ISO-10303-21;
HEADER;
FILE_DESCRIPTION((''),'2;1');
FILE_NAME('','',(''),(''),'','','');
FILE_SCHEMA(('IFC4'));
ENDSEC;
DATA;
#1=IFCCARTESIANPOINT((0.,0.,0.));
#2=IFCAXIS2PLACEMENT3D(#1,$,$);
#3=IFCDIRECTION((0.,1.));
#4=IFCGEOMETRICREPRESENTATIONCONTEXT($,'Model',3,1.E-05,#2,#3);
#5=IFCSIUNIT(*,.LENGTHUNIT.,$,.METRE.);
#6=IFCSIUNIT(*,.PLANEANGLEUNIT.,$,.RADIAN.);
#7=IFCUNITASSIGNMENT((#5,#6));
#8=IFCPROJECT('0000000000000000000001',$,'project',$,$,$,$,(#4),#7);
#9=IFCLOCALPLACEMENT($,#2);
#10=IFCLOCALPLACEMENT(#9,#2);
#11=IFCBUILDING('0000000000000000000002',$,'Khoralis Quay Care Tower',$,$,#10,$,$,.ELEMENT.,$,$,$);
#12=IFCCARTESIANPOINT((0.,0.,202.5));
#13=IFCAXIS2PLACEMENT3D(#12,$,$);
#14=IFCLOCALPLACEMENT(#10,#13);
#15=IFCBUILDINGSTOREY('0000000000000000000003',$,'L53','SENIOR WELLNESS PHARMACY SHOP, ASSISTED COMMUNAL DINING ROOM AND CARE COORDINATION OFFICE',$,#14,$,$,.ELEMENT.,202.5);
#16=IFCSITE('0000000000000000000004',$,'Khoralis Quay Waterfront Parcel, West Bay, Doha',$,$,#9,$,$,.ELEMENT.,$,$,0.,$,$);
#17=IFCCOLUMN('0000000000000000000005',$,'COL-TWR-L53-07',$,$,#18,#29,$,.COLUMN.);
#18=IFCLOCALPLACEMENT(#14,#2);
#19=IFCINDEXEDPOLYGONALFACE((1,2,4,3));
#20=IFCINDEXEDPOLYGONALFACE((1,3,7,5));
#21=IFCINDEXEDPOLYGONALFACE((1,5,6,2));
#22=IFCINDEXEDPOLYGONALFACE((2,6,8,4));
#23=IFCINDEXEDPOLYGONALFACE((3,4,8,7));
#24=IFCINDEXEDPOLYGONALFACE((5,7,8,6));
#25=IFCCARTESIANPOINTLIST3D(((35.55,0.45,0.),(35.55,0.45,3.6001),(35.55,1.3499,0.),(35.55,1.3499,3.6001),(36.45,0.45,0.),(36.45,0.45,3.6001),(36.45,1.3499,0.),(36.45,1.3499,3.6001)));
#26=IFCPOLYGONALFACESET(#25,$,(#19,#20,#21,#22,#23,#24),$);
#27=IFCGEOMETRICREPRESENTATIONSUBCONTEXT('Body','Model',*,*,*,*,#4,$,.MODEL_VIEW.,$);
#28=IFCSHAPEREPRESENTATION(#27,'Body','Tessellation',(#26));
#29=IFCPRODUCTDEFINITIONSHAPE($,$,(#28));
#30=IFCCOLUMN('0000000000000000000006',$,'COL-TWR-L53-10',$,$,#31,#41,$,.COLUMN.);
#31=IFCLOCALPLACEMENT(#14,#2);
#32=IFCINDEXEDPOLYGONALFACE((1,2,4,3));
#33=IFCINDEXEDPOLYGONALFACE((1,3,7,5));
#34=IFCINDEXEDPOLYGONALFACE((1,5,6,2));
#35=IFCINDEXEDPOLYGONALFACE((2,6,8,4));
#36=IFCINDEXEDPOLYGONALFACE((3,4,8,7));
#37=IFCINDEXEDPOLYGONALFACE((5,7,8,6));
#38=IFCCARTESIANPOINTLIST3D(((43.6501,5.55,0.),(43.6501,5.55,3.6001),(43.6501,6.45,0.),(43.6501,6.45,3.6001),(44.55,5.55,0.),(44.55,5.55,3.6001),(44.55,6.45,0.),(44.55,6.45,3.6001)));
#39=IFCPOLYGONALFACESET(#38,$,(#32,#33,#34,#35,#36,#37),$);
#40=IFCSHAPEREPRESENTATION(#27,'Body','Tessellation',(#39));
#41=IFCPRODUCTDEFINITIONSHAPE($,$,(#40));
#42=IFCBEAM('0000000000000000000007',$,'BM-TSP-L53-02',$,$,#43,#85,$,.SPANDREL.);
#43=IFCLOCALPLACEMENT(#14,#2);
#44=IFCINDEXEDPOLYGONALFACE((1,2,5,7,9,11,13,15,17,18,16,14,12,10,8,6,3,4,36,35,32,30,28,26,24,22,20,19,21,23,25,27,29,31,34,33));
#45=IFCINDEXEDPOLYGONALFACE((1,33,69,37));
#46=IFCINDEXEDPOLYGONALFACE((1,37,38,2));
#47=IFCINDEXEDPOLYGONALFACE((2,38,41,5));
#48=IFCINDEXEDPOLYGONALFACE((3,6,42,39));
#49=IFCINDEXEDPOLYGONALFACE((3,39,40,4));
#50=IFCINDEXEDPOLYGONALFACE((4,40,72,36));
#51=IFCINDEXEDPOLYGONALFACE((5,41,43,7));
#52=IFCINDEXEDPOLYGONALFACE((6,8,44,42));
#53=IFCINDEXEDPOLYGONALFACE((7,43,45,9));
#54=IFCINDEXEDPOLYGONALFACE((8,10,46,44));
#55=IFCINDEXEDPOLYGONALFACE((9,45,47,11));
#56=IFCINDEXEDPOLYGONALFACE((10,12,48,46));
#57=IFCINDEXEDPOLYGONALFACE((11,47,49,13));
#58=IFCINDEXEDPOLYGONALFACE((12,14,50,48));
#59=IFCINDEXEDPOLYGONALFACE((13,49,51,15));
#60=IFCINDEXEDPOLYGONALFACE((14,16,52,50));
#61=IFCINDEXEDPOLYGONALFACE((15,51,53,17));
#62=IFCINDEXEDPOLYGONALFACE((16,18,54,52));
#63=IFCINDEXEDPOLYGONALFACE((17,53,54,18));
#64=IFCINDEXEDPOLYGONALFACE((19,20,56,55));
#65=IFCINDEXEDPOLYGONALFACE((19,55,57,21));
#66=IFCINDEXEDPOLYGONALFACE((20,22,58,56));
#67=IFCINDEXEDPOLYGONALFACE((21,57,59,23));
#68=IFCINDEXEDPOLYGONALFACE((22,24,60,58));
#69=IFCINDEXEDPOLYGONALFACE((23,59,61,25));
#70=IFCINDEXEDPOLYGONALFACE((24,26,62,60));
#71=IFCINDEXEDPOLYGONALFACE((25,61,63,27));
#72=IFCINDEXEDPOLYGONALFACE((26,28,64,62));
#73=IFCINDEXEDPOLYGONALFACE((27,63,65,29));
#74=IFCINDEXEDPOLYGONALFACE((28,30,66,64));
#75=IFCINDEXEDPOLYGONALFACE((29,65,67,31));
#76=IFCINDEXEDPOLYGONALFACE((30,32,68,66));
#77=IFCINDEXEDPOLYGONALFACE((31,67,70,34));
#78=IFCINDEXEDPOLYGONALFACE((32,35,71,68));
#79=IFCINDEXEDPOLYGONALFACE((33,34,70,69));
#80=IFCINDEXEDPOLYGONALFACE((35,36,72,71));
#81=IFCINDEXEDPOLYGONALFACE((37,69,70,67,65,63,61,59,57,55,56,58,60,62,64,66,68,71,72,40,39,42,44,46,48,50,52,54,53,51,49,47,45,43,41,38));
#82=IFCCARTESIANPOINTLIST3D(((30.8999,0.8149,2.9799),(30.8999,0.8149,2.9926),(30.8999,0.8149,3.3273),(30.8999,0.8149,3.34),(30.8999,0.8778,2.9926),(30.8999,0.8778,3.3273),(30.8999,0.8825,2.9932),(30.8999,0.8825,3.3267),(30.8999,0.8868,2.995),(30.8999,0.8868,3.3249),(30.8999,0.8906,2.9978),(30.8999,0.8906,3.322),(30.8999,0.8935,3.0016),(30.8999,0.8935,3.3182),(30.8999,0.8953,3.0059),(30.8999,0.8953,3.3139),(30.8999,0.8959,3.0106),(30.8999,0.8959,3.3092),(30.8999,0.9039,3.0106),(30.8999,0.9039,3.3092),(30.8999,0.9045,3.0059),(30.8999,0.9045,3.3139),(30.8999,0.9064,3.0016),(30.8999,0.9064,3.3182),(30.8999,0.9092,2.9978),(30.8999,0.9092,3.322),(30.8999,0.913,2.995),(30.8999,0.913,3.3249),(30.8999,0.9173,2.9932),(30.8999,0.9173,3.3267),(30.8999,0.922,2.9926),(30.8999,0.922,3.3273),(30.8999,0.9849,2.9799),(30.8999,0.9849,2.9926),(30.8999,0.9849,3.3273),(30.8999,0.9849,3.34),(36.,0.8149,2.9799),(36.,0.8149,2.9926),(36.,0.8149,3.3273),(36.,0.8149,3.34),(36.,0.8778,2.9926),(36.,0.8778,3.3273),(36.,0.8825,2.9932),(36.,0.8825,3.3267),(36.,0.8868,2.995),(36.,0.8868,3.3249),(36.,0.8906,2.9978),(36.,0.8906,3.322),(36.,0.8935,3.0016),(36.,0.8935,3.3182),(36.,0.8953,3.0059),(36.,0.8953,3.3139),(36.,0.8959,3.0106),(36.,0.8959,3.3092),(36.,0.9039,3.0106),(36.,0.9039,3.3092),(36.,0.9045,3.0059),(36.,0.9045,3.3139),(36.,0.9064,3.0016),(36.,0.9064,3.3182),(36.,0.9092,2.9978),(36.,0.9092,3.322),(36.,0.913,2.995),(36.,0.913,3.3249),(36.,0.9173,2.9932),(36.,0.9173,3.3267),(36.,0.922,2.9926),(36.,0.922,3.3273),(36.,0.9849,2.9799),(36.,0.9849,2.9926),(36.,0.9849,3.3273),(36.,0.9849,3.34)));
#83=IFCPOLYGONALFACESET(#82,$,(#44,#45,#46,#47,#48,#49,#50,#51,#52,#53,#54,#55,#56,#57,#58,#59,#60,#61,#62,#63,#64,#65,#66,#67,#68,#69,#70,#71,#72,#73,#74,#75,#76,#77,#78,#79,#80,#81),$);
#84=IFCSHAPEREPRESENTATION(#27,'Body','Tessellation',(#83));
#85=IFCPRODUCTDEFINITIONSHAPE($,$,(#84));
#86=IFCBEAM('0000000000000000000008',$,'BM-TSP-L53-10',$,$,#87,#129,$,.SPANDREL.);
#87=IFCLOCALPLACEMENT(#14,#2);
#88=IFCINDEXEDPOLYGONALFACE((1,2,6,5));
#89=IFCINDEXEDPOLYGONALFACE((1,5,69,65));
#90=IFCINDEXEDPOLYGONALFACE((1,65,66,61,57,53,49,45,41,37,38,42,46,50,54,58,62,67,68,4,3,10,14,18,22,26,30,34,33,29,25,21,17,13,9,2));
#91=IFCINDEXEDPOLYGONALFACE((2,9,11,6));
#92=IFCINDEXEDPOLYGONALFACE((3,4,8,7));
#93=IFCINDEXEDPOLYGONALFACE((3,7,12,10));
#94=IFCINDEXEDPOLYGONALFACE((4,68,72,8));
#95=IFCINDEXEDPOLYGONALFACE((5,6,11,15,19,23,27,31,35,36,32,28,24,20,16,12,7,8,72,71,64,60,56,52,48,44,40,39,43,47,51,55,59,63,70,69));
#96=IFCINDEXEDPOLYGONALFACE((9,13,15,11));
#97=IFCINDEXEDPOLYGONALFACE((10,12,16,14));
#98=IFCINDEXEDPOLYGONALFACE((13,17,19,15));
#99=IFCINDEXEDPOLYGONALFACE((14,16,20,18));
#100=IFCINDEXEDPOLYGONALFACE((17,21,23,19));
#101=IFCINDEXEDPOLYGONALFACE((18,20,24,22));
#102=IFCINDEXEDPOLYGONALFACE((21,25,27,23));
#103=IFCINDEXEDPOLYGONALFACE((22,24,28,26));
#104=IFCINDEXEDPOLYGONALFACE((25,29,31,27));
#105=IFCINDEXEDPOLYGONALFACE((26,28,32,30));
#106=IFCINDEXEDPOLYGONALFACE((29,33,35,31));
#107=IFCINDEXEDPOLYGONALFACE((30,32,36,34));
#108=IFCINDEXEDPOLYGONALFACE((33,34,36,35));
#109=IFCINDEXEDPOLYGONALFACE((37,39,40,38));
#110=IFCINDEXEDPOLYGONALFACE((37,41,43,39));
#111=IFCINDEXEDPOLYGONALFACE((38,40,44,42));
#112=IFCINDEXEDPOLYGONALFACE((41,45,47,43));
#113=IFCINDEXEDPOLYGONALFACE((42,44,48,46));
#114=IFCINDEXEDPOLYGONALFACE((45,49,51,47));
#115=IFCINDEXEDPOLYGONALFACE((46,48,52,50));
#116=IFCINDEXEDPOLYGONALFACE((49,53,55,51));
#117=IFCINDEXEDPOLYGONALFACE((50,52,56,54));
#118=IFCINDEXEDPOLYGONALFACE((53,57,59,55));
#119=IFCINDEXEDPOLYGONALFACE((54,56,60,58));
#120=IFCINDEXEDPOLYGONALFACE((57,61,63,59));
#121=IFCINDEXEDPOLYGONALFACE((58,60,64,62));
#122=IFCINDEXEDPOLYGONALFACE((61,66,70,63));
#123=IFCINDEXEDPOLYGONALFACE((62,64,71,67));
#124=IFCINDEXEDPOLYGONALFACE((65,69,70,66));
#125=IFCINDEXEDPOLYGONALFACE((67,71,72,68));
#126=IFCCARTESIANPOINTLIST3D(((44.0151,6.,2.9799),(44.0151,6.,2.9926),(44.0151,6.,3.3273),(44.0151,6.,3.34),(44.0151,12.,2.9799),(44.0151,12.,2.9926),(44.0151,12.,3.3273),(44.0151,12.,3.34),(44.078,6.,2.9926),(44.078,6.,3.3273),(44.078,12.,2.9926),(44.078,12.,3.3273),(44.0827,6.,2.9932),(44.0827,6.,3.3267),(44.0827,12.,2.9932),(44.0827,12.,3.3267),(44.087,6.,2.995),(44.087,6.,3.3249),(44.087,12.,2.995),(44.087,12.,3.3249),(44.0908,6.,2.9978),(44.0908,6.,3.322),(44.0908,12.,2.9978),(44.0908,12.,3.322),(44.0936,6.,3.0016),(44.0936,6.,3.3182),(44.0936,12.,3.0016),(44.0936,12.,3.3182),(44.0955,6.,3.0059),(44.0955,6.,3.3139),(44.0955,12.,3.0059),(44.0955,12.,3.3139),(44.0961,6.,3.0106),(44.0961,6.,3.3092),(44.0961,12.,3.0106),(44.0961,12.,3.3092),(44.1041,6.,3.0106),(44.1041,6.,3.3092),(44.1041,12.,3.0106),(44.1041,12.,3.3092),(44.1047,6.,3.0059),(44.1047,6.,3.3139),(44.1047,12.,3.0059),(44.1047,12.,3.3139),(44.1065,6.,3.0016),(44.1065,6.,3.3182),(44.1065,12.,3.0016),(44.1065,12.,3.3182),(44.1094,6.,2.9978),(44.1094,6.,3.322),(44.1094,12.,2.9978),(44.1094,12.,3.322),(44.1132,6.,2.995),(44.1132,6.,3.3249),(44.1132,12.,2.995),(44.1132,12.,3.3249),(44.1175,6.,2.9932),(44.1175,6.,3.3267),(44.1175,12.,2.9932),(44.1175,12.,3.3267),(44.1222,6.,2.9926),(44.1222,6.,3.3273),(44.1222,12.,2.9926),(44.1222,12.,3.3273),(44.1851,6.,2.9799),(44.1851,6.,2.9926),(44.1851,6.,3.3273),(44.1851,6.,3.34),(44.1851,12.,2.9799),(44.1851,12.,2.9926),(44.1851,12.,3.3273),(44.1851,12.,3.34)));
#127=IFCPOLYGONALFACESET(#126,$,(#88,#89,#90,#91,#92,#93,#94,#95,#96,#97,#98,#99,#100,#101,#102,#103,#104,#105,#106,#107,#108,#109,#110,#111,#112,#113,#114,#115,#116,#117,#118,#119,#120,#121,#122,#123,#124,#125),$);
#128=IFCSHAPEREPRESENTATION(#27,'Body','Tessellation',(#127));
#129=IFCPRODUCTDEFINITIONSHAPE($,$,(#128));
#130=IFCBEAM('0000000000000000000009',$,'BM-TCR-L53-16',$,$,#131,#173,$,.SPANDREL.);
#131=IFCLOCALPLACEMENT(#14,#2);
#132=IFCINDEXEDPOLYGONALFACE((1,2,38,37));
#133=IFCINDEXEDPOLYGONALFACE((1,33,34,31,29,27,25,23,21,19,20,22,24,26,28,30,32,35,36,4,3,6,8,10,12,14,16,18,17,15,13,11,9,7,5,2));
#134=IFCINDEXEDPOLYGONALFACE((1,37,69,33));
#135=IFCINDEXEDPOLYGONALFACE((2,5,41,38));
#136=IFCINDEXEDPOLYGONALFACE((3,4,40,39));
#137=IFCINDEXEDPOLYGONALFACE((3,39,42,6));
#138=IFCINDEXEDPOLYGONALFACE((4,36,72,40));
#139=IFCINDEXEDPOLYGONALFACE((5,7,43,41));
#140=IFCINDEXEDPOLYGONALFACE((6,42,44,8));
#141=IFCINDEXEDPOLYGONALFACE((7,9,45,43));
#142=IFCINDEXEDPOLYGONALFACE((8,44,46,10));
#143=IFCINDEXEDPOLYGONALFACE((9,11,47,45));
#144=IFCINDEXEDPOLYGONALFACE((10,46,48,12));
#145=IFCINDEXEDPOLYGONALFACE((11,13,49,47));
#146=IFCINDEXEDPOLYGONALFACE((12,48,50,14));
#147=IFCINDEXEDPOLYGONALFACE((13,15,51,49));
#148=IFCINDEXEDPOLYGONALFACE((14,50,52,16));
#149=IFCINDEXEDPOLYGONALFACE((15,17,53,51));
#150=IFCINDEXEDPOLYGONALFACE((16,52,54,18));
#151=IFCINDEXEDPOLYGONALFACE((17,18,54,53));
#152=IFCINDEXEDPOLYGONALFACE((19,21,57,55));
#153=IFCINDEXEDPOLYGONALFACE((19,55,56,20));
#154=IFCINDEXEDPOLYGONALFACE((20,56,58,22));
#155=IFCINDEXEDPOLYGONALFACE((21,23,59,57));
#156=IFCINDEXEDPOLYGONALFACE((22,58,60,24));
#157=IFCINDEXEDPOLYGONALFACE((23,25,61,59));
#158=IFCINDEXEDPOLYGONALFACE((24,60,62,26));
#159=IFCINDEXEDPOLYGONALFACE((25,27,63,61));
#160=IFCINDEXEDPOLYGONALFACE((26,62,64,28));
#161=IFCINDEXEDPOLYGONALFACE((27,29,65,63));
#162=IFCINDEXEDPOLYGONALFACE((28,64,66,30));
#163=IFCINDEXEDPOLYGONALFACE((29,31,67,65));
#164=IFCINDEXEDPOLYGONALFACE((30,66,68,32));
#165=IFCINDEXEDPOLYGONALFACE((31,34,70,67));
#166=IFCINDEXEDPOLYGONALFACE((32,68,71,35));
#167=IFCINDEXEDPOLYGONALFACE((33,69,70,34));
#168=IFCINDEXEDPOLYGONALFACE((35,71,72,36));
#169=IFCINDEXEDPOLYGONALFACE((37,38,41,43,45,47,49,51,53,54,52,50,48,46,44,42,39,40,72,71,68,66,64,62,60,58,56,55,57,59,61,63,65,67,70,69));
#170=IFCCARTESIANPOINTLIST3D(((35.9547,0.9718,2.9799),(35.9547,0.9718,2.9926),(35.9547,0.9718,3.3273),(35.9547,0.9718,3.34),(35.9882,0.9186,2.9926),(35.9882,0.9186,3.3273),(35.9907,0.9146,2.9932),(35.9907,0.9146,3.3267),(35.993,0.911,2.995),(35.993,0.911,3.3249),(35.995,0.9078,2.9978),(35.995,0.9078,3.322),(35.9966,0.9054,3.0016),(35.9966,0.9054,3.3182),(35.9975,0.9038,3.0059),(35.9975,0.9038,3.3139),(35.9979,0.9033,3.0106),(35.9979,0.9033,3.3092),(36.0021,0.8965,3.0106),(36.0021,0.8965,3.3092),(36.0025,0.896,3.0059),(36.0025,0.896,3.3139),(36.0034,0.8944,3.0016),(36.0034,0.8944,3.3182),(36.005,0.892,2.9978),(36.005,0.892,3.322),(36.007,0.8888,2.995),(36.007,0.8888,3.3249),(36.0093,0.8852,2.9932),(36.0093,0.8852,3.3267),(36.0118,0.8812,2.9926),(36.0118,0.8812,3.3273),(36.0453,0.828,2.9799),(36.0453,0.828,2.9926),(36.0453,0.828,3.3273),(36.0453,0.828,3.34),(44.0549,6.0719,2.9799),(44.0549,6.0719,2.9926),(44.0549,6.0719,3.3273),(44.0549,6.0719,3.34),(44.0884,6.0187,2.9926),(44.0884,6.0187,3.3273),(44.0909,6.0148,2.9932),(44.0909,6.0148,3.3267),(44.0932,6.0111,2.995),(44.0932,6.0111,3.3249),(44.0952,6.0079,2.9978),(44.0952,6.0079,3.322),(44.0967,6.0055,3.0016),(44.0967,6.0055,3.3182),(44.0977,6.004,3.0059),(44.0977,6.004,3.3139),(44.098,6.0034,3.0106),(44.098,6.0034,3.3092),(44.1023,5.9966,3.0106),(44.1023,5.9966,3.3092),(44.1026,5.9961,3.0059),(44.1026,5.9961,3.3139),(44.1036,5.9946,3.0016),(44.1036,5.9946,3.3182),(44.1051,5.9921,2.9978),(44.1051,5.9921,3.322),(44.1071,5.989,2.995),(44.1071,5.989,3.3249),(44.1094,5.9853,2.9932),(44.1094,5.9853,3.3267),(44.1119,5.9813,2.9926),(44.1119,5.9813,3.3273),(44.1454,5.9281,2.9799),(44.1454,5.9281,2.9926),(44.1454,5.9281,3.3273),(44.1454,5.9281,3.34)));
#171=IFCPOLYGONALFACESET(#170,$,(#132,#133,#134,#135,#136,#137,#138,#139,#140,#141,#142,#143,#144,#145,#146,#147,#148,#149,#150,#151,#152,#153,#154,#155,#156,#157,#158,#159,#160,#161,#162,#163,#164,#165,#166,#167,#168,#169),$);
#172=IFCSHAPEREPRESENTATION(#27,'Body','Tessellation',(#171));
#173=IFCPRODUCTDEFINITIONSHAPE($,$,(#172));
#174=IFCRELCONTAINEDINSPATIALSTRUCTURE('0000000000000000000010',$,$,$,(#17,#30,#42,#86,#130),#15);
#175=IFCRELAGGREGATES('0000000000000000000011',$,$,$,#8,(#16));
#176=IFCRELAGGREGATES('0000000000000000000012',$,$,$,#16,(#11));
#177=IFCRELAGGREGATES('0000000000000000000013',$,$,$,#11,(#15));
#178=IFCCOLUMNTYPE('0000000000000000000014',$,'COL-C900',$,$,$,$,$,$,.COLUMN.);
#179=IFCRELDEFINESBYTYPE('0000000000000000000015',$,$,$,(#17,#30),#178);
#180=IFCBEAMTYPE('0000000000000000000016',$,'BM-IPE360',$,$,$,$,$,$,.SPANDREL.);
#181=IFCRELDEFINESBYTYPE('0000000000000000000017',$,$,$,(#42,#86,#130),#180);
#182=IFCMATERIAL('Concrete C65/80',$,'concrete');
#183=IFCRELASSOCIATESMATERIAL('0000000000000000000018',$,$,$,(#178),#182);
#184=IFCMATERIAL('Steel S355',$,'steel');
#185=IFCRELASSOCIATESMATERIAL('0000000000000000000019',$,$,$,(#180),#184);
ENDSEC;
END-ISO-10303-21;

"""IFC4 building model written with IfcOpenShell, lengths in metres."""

from ifc_helpers import new_model, si_unit, direction, frame, origin, origin_2d, place, context, subcontext, project, spatial, rectangle, i_section, extrude, source, transform, mapped, material, material_profile, profile_set, type_object, element, save


model = new_model("IFC4")

# Units and contexts
model_context = context("Model", 3, precision=1e-05, world=origin(), true_north=direction((0.0, 1.0)))
body_context = subcontext(model_context, "Body", "Model", "MODEL_VIEW")
ifc_project = project(units=[si_unit("LENGTHUNIT", "METRE"), si_unit("PLANEANGLEUNIT", "RADIAN")], contexts=[model_context])

# Site, building, storey
site_placement = place(None, origin())
site = spatial("IfcSite", under=ifc_project, at=site_placement, Name="Khoralis Quay Waterfront Parcel, West Bay, Doha", CompositionType="ELEMENT", RefElevation=0.0)
building_placement = place(site_placement, origin())
building = spatial("IfcBuilding", under=site, at=building_placement, Name="Khoralis Quay Care Tower", CompositionType="ELEMENT")
storey_placement = place(building_placement, frame((0.0, 0.0, 202.5)))
storey = spatial("IfcBuildingStorey", under=building, at=storey_placement, Name="L53", Description="SENIOR WELLNESS PHARMACY SHOP, ASSISTED COMMUNAL DINING ROOM AND CARE COORDINATION OFFICE", CompositionType="ELEMENT", Elevation=202.5)

# Columns
ifc_material_1 = material(Name="Concrete C65/80", Category="concrete")
ifc_material_profile_1 = material_profile(ifc_material_1, rectangle(XDim=0.8999, YDim=0.8999, at=origin_2d()), Name="Concrete C65/80")
ifc_profile_set_1 = profile_set([ifc_material_profile_1], Name="Concrete C65/80")
column_type = type_object("IfcColumnType", Name="COL-C900", PredefinedType="COLUMN", material=ifc_profile_set_1)
shared_shape_1 = source(origin(), body_context, "Body", "SweptSolid", [
    extrude(rectangle(XDim=0.8999, YDim=0.8999, at=origin_2d()), origin(), (0.0, 0.0, 1.0), 3.6001),
])
for number, where, z_axis, x_axis, name in (
    (1, (36.0, 0.8999, 0.0), (0.0, 0.0, 1.0), (1.0, 0.0, 0.0), "COL-TWR-L53-07"),
    (2, (44.1001, 6.0, 0.0), (0.0, 0.0, 1.0), (1.0, 0.0, 0.0), "COL-TWR-L53-10"),
):
    element("IfcColumn", number, at=place(storey_placement, frame(where, z_axis=z_axis, x_axis=x_axis)), inside=storey, type_object=column_type, Name=name, PredefinedType="COLUMN", context=body_context, shape_type="MappedRepresentation", body=[
        mapped(shared_shape_1, transform((0.0, 0.0, 0.0), scale=1.0)),
    ])

# Beams
ifc_material_2 = material(Name="Steel S355", Category="steel")
ifc_material_profile_2 = material_profile(ifc_material_2, i_section(OverallWidth=0.1699, OverallDepth=0.3601, WebThickness=0.0081, FlangeThickness=0.0127, FilletRadius=0.0181, at=origin_2d()), Name="Steel S355")
ifc_profile_set_2 = profile_set([ifc_material_profile_2], Name="Steel S355")
beam_type_1 = type_object("IfcBeamType", Name="BM-IPE360", PredefinedType="SPANDREL", material=ifc_profile_set_2)
shared_shape_2 = source(origin(), body_context, "Body", "SweptSolid", [
    extrude(i_section(OverallWidth=0.1699, OverallDepth=0.3601, WebThickness=0.0081, FlangeThickness=0.0127, FilletRadius=0.0181, at=origin_2d()), origin(), (0.0, 0.0, 1.0), 5.1001),
])
beam_1_placement = place(storey_placement, frame((30.8999, 0.8999, 3.1599), z_axis=(1.0, 0.0, 0.0), x_axis=(0.0, 1.0, 0.0)))
element("IfcBeam", 3, at=beam_1_placement, inside=storey, type_object=beam_type_1, Name="BM-TSP-L53-02", PredefinedType="SPANDREL", context=body_context, shape_type="MappedRepresentation", body=[
    mapped(shared_shape_2, transform((0.0, 0.0, 0.0), scale=1.0)),
])
shared_shape_3 = source(origin(), body_context, "Body", "SweptSolid", [
    extrude(i_section(OverallWidth=0.1699, OverallDepth=0.3601, WebThickness=0.0081, FlangeThickness=0.0127, FilletRadius=0.0181, at=origin_2d()), origin(), (0.0, 0.0, 1.0), 6.0),
])
beam_2_placement = place(storey_placement, frame((44.1001, 6.0, 3.1599), z_axis=(0.0, 1.0, 0.0), x_axis=(-1.0, 0.0, 0.0)))
element("IfcBeam", 4, at=beam_2_placement, inside=storey, type_object=beam_type_1, Name="BM-TSP-L53-10", PredefinedType="SPANDREL", context=body_context, shape_type="MappedRepresentation", body=[
    mapped(shared_shape_3, transform((0.0, 0.0, 0.0), scale=1.0)),
])
shared_shape_4 = source(origin(), body_context, "Body", "SweptSolid", [
    extrude(i_section(OverallWidth=0.1699, OverallDepth=0.3601, WebThickness=0.0081, FlangeThickness=0.0127, FilletRadius=0.0181, at=origin_2d()), origin(), (0.0, 0.0, 1.0), 9.572),
])
beam_3_placement = place(storey_placement, frame((36.0, 0.8999, 3.1599), z_axis=(0.846231, 0.532816, 0.0), x_axis=(-0.532816, 0.846231, 0.0)))
element("IfcBeam", 5, at=beam_3_placement, inside=storey, type_object=beam_type_1, Name="BM-TCR-L53-16", PredefinedType="SPANDREL", context=body_context, shape_type="MappedRepresentation", body=[
    mapped(shared_shape_4, transform((0.0, 0.0, 0.0), scale=1.0)),
])

save(model, "model.ifc")
